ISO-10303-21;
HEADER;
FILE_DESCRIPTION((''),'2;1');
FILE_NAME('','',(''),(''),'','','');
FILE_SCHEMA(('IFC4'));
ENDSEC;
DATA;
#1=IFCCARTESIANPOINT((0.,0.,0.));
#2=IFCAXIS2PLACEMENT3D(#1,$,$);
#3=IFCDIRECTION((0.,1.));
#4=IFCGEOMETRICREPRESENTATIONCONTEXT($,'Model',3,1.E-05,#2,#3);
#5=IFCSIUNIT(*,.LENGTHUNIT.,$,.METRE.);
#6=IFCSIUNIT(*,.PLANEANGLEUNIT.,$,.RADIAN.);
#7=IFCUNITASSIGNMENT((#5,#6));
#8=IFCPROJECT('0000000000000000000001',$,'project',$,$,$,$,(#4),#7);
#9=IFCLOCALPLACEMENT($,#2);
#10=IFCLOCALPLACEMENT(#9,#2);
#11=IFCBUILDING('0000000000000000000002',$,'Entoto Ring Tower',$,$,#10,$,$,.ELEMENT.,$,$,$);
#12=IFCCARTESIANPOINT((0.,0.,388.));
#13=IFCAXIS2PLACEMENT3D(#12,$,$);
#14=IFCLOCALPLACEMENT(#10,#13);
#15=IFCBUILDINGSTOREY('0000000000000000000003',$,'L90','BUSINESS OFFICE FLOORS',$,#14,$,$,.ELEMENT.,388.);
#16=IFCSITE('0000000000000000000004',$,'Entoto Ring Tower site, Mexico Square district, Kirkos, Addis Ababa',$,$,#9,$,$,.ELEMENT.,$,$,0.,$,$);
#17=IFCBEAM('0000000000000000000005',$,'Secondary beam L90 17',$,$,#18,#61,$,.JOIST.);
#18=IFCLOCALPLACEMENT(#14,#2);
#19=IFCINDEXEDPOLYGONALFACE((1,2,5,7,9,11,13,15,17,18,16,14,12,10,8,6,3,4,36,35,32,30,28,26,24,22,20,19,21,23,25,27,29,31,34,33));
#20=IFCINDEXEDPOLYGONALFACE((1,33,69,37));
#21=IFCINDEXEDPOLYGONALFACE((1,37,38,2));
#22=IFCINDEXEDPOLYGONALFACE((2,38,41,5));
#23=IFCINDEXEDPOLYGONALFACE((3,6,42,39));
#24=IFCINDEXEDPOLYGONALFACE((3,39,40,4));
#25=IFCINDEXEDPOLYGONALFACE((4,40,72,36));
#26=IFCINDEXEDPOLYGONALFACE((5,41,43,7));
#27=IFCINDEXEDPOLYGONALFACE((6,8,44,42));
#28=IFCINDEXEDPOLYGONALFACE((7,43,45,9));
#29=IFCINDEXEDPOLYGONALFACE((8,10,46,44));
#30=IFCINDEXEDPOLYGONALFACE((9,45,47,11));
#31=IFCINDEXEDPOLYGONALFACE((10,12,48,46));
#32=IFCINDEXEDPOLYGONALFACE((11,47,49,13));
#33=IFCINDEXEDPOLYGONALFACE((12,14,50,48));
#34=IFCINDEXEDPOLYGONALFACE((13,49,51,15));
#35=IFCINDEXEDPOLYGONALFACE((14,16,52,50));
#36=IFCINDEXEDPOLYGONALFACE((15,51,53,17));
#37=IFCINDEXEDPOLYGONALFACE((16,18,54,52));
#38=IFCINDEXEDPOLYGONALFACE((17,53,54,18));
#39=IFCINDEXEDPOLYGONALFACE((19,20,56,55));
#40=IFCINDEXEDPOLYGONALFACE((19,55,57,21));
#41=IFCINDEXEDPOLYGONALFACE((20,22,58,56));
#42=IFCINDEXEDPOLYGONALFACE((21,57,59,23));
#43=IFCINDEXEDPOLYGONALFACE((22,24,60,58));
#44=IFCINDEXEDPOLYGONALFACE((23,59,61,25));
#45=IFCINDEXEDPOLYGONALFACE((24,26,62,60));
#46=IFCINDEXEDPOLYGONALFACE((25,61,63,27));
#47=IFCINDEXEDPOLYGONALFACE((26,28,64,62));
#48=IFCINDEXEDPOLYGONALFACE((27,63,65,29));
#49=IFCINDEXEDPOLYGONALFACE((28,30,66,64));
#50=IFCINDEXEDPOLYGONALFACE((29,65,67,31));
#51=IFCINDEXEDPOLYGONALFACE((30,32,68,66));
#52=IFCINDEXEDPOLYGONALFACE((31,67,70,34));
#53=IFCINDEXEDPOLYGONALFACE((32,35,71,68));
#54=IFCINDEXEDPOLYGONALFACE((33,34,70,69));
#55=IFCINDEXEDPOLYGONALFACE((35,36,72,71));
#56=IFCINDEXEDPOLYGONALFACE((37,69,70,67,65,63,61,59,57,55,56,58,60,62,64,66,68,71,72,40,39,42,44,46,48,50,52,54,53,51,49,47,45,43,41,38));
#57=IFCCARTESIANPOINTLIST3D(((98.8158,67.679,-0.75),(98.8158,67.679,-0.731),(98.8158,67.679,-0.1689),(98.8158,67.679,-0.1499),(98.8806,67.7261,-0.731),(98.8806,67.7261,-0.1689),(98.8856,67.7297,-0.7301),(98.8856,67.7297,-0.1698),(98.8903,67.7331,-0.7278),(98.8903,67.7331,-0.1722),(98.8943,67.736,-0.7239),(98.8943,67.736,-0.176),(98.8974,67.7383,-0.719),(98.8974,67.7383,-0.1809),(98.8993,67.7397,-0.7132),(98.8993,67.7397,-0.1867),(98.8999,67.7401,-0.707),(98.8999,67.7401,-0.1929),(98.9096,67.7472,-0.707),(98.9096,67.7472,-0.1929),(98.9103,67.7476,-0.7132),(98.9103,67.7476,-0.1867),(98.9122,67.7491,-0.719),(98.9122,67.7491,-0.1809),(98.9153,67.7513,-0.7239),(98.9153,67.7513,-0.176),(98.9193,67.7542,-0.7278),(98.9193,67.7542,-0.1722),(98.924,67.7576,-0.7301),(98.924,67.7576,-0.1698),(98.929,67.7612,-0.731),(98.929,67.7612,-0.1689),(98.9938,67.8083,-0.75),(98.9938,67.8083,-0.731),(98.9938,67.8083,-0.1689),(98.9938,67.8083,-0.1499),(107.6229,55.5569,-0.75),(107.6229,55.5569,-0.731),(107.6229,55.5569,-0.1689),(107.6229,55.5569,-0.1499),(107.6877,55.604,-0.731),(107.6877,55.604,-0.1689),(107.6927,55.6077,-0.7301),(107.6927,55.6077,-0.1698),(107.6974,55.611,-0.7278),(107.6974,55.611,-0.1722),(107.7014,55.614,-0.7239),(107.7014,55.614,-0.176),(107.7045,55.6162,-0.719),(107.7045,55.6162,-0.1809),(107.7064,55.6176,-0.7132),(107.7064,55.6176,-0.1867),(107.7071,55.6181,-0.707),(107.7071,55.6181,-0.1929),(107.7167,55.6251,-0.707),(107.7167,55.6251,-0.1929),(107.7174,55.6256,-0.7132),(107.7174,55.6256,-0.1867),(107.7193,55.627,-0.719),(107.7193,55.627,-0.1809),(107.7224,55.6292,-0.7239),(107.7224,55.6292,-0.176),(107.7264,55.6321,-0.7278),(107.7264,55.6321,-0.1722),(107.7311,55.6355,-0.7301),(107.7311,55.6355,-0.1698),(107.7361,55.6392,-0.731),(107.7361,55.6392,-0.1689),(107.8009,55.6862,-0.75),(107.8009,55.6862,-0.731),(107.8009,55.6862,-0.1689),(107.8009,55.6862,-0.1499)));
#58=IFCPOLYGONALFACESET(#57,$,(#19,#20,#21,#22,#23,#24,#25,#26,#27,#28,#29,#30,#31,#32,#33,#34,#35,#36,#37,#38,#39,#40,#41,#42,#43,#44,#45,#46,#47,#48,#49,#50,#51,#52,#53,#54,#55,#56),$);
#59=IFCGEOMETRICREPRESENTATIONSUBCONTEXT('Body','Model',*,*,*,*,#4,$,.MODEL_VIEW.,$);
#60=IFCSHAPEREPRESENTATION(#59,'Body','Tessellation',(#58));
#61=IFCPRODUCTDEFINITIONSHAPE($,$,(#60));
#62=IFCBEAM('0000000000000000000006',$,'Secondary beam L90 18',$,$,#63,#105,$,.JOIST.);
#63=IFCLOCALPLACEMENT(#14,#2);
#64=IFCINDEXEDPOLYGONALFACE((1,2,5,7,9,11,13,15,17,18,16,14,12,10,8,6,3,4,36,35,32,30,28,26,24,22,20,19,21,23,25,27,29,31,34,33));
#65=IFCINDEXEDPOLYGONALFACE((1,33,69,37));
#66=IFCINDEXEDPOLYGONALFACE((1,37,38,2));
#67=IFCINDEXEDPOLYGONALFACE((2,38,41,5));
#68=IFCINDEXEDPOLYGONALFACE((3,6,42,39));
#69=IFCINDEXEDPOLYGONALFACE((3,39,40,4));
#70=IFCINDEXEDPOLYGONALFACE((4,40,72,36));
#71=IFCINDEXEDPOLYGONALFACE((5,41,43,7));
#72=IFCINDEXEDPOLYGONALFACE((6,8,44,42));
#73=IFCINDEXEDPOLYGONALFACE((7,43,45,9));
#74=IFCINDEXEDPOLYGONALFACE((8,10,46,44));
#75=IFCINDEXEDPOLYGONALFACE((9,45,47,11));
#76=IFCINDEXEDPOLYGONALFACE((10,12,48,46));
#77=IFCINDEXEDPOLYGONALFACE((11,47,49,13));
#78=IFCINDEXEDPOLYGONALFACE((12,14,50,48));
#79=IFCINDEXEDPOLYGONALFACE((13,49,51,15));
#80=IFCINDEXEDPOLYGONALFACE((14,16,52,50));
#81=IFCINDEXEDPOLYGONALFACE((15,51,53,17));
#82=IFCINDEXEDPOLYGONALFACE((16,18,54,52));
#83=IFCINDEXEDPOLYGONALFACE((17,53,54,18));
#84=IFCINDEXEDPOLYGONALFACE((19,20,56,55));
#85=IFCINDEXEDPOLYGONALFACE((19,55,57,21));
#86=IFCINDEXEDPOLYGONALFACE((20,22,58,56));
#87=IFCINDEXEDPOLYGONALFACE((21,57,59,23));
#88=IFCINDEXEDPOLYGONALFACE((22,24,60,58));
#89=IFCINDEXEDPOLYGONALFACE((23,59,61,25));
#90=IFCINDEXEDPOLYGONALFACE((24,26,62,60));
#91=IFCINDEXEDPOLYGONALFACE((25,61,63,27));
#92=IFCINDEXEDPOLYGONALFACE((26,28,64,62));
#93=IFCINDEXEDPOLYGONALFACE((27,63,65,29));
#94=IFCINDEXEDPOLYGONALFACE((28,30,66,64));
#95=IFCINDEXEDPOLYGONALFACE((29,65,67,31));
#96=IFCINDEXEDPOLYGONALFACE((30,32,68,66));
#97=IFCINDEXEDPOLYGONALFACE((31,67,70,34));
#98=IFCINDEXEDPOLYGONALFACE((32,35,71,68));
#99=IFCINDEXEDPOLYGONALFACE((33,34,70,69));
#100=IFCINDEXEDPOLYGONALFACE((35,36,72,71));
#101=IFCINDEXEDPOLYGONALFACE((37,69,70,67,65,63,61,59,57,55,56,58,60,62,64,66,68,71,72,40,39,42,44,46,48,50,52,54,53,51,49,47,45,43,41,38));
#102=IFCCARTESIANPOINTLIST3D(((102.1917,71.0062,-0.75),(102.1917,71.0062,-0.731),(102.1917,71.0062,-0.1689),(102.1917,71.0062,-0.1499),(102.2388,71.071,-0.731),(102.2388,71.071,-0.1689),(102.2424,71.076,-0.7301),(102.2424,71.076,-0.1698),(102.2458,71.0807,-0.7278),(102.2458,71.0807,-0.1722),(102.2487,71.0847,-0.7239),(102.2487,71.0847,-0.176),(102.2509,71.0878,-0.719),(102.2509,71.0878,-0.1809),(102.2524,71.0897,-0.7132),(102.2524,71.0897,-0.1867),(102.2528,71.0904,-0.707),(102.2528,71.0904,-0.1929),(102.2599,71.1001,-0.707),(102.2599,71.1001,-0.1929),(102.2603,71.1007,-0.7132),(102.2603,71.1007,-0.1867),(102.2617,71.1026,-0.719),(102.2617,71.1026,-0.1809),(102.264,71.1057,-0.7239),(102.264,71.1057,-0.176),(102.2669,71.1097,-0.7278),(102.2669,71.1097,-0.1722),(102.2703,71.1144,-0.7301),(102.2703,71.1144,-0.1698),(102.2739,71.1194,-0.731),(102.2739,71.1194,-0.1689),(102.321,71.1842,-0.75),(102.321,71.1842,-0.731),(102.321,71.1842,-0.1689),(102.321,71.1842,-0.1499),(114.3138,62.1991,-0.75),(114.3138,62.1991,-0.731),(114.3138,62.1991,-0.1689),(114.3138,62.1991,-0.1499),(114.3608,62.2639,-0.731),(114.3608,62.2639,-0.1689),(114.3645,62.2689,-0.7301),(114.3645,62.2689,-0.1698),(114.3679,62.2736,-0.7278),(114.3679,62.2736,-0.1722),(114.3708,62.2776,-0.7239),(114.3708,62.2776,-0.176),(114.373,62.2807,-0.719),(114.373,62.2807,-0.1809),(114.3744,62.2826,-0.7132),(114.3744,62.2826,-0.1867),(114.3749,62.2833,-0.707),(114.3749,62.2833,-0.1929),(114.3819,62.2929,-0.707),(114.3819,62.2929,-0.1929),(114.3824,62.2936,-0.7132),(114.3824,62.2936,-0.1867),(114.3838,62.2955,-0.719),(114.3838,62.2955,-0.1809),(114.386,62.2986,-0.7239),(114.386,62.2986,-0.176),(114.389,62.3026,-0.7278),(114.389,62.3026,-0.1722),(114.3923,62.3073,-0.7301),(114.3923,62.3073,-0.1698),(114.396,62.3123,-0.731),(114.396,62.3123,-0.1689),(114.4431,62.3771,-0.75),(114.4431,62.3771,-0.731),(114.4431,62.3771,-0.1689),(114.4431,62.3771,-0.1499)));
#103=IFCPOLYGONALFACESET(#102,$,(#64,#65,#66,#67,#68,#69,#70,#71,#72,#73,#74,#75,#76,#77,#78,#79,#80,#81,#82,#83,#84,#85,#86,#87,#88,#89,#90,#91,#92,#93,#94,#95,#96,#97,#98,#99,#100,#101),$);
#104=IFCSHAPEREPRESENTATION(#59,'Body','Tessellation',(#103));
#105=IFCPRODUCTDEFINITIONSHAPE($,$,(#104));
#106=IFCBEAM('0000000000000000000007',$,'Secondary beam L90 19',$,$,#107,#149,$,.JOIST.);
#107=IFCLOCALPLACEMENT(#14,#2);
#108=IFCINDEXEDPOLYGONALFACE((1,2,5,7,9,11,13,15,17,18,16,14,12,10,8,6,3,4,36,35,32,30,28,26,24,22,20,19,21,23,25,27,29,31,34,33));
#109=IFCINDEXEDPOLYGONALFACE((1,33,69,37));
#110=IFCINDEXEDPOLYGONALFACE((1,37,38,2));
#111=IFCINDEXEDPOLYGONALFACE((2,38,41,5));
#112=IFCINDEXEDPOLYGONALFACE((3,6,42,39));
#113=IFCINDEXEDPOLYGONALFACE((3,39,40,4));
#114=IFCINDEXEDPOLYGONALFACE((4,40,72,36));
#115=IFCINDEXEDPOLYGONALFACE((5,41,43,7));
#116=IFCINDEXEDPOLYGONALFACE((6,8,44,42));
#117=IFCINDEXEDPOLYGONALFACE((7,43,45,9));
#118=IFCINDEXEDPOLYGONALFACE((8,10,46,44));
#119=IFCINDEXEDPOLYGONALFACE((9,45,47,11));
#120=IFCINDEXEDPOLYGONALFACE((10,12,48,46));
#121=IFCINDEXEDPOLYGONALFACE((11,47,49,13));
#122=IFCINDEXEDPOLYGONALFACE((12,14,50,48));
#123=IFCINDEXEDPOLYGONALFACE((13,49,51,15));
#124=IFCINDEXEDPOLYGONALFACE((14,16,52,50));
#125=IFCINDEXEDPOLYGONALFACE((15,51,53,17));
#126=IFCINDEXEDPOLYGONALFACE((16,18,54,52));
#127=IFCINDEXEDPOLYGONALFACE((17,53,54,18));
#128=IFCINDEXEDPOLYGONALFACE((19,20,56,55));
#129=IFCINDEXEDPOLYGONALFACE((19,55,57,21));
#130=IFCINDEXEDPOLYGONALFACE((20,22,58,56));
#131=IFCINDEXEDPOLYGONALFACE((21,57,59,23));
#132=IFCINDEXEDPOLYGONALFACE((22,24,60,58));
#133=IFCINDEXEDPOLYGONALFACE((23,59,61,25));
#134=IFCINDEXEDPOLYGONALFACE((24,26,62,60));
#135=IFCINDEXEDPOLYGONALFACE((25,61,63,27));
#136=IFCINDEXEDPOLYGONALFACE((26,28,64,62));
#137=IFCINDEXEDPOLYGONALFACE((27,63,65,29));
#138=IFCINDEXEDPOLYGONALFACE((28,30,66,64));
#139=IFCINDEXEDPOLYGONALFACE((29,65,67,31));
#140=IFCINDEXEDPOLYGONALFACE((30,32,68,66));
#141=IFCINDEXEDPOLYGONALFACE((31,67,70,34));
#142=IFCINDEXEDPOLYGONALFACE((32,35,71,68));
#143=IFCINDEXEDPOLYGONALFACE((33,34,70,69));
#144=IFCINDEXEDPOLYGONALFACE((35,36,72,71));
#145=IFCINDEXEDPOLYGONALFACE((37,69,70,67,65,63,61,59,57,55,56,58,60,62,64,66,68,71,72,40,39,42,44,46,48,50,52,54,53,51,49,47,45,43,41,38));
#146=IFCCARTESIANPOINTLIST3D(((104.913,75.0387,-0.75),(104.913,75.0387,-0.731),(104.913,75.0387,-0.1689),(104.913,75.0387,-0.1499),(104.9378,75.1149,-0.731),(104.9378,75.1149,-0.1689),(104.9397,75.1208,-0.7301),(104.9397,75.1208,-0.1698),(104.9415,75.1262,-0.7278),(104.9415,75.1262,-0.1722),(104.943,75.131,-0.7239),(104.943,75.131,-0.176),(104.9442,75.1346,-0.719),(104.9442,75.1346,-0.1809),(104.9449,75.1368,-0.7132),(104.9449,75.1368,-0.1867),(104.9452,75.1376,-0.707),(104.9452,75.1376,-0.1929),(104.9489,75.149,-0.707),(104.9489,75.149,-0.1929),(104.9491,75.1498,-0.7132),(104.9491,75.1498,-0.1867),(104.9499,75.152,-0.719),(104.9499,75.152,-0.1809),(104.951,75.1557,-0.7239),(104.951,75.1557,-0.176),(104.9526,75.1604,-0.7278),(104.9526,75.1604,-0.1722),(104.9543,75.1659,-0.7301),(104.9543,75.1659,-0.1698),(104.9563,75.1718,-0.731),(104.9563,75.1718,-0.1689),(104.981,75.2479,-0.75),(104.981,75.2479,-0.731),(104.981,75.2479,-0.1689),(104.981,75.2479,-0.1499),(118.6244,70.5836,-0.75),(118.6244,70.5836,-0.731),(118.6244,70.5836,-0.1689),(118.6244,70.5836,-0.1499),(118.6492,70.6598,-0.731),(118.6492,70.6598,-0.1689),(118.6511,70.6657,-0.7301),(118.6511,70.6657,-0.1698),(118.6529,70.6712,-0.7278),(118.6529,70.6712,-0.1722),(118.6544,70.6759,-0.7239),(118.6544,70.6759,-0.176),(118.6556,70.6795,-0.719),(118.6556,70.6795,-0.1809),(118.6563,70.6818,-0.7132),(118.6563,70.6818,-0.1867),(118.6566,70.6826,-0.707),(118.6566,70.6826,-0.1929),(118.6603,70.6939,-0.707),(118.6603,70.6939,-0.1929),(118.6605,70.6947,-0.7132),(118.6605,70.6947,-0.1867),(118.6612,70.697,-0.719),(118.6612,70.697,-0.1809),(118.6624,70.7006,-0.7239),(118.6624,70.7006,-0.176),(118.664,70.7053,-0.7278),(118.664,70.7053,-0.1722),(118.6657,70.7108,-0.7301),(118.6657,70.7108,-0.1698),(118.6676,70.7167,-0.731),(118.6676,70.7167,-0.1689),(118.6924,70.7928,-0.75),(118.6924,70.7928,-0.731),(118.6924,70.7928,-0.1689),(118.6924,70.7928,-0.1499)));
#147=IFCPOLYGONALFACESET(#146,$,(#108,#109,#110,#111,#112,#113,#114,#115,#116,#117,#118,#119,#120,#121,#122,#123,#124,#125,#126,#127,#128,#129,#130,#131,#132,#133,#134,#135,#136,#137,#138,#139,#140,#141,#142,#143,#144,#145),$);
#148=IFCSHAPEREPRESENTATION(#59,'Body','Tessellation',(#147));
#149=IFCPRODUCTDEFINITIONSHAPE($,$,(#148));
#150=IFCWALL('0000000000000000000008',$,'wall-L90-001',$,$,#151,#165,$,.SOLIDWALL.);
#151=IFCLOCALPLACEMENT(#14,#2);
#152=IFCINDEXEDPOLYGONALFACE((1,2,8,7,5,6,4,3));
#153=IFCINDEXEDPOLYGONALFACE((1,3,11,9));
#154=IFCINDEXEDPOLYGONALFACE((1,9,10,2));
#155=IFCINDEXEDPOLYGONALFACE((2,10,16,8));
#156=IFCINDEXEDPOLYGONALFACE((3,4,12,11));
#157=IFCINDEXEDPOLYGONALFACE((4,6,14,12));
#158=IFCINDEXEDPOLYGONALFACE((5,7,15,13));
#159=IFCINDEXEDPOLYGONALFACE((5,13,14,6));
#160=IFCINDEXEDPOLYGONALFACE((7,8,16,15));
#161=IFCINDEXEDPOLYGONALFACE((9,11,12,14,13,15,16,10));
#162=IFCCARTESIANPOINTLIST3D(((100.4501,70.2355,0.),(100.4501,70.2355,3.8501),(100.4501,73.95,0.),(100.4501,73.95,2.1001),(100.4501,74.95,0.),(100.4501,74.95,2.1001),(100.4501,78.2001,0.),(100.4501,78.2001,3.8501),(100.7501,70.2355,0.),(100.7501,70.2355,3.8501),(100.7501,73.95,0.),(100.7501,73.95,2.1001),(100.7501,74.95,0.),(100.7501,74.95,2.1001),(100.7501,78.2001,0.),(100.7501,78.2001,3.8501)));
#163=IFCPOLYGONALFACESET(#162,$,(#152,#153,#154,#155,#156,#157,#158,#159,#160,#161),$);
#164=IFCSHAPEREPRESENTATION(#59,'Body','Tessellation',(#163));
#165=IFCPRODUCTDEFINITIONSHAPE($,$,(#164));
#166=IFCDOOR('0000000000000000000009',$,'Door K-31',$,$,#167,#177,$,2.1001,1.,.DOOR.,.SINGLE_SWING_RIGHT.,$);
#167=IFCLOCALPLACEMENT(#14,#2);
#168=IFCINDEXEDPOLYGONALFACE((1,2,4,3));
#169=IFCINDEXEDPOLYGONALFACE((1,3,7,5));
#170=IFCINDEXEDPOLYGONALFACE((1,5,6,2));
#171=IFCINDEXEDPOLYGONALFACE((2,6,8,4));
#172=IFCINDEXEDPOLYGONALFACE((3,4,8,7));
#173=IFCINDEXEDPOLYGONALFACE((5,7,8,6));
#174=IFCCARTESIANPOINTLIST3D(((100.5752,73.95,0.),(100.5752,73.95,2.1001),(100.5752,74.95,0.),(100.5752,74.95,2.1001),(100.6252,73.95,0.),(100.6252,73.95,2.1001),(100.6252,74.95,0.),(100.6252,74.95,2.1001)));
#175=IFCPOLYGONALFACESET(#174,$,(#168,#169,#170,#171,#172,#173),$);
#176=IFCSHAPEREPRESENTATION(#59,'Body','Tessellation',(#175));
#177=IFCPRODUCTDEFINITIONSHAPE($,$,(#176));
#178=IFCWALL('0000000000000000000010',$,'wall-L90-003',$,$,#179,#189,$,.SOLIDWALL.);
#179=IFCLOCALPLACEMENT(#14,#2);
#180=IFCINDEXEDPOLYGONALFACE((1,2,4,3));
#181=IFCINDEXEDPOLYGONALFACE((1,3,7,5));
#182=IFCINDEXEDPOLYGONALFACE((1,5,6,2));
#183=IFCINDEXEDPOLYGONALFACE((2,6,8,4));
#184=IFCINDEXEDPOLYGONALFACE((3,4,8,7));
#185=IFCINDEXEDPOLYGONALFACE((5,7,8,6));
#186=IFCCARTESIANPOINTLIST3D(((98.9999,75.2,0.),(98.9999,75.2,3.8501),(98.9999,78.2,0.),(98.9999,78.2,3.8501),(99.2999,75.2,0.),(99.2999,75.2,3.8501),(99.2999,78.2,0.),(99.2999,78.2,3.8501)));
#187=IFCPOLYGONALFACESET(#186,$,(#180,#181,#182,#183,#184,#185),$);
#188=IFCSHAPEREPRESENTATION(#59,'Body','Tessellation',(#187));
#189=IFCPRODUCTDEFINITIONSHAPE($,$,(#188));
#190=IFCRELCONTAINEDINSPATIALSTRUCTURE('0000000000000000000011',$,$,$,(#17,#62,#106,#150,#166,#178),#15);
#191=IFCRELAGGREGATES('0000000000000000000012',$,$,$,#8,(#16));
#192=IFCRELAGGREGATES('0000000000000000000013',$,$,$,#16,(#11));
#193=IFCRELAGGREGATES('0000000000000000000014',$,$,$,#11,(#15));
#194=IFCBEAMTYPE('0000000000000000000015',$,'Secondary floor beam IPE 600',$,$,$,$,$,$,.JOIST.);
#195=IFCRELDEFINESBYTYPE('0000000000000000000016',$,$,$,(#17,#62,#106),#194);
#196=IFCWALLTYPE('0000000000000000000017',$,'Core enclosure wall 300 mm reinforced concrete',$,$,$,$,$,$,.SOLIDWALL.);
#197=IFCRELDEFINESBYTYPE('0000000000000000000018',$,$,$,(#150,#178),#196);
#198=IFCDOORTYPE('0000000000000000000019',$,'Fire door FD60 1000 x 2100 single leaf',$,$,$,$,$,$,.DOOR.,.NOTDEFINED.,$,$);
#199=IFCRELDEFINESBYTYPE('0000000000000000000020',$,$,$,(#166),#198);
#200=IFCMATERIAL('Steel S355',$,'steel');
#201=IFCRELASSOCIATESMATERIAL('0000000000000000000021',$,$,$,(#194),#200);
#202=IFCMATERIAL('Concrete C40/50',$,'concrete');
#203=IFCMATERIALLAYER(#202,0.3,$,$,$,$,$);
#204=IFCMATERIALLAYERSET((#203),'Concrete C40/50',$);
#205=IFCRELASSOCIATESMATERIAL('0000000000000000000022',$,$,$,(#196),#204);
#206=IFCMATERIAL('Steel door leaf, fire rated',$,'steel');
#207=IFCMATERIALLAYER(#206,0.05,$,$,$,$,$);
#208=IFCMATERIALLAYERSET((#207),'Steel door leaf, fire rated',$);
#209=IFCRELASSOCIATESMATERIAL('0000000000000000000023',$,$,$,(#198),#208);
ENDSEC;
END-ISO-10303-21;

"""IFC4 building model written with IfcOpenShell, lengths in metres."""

from ifc_helpers import new_model, si_unit, direction, frame, frame_2d, origin, origin_2d, place, context, subcontext, project, spatial, rectangle, i_section, extrude, material, layer, layer_set, material_profile, profile_set, type_object, element, fill, save


model = new_model("IFC4")

# Units and contexts
model_context = context("Model", 3, precision=1e-05, world=origin(), true_north=direction((0.0, 1.0)))
body_context = subcontext(model_context, "Body", "Model", "MODEL_VIEW")
ifc_project = project(units=[si_unit("LENGTHUNIT", "METRE"), si_unit("PLANEANGLEUNIT", "RADIAN")], contexts=[model_context])

# Site, building, storey
site_placement = place(None, origin())
site = spatial("IfcSite", under=ifc_project, at=site_placement, Name="Entoto Ring Tower site, Mexico Square district, Kirkos, Addis Ababa", CompositionType="ELEMENT", RefElevation=0.0)
building_placement = place(site_placement, origin())
building = spatial("IfcBuilding", under=site, at=building_placement, Name="Entoto Ring Tower", CompositionType="ELEMENT")
storey_placement = place(building_placement, frame((0.0, 0.0, 388.0)))
storey = spatial("IfcBuildingStorey", under=building, at=storey_placement, Name="L90", Description="BUSINESS OFFICE FLOORS", CompositionType="ELEMENT", Elevation=388.0)

# Beams
ifc_material_1 = material(Name="Steel S355", Category="steel")
ifc_material_profile_1 = material_profile(ifc_material_1, i_section(OverallWidth=0.22, OverallDepth=0.6001, WebThickness=0.012, FlangeThickness=0.019, FilletRadius=0.0239, at=origin_2d()), Name="IPE 600")
ifc_profile_set_1 = profile_set([ifc_material_profile_1], Name="Steel S355")
beam_type_1 = type_object("IfcBeamType", Name="Secondary floor beam IPE 600", PredefinedType="JOIST", material=ifc_profile_set_1)
for number, where, z_axis, x_axis, name in (
    (1, (98.9048, 67.7437, -0.45), (0.587782, -0.809019, 0.0), (0.809019, 0.587782, 0.0), "Secondary beam L90 17"),
    (2, (102.2563, 71.0952, -0.45), (0.809019, -0.587782, 0.0), (0.587782, 0.809019, 0.0), "Secondary beam L90 18"),
):
    element("IfcBeam", number, at=place(storey_placement, frame(where, z_axis=z_axis, x_axis=x_axis)), inside=storey, type_object=beam_type_1, Name=name, PredefinedType="JOIST", context=body_context, shape_type="SweptSolid", body=[
        extrude(i_section(OverallWidth=0.22, OverallDepth=0.6001, WebThickness=0.012, FlangeThickness=0.019, FilletRadius=0.0239, at=origin_2d()), origin(), (0.0, 0.0, 1.0), 14.9836),
    ])
beam_1_placement = place(storey_placement, frame((104.947, 75.1433, -0.45), z_axis=(0.951057, -0.309015, 0.0), x_axis=(0.309015, 0.951057, 0.0)))
element("IfcBeam", 3, at=beam_1_placement, inside=storey, type_object=beam_type_1, Name="Secondary beam L90 19", PredefinedType="JOIST", context=body_context, shape_type="SweptSolid", body=[
    extrude(i_section(OverallWidth=0.22, OverallDepth=0.6001, WebThickness=0.012, FlangeThickness=0.019, FilletRadius=0.0239, at=origin_2d()), origin(), (0.0, 0.0, 1.0), 14.417),
])

# Wall, opening, door
ifc_material_2 = material(Name="Concrete C40/50", Category="concrete")
ifc_layer_1 = layer(ifc_material_2, 0.3)
ifc_layer_set_1 = layer_set([ifc_layer_1], Name="Concrete C40/50")
wall_type_1 = type_object("IfcWallType", Name="Core enclosure wall 300 mm reinforced concrete", PredefinedType="SOLIDWALL", material=ifc_layer_set_1)
wall_1_placement = place(storey_placement, frame((100.6001, 70.2354, 0.0), z_axis=(0.0, 0.0, 1.0), x_axis=(0.0, 1.0, 0.0)))
wall_1 = element("IfcWall", 4, at=wall_1_placement, inside=storey, type_object=wall_type_1, Name="wall-L90-001", PredefinedType="SOLIDWALL", context=body_context, shape_type="SweptSolid", body=[
    extrude(rectangle(XDim=7.9646, YDim=0.3, at=frame_2d((3.9824, 0.0))), origin(), (0.0, 0.0, 1.0), 3.8501),
])
opening_1_placement = place(wall_1_placement, frame((3.7146, 0.0, 0.0)))
opening_1 = element("IfcOpeningElement", 5, at=opening_1_placement, cuts=wall_1, PredefinedType="OPENING", context=body_context, shape_type="SweptSolid", body=[
    extrude(rectangle(XDim=1.0, YDim=2.1001, at=frame_2d((0.5, 1.05))), frame((0.0, 0.1602, 0.0), z_axis=(0.0, -1.0, 0.0), x_axis=(1.0, 0.0, 0.0)), (0.0, 0.0, 1.0), 0.3201),
])
ifc_material_3 = material(Name="Steel door leaf, fire rated", Category="steel")
ifc_layer_2 = layer(ifc_material_3, 0.05)
ifc_layer_set_2 = layer_set([ifc_layer_2], Name="Steel door leaf, fire rated")
door_type_1 = type_object("IfcDoorType", Name="Fire door FD60 1000 x 2100 single leaf", OperationType="NOTDEFINED", PredefinedType="DOOR", material=ifc_layer_set_2)
door_1_placement = place(opening_1_placement, origin())
door_1 = element("IfcDoor", 6, at=door_1_placement, inside=storey, type_object=door_type_1, Name="Door K-31", OperationType="SINGLE_SWING_RIGHT", OverallHeight=2.1001, OverallWidth=1.0, PredefinedType="DOOR", context=body_context, shape_type="SweptSolid", body=[
    extrude(rectangle(XDim=1.0, YDim=2.1001, at=frame_2d((0.5, 1.05))), frame((0.0, 0.0249, 0.0), z_axis=(0.0, -1.0, 0.0), x_axis=(1.0, 0.0, 0.0)), (0.0, 0.0, 1.0), 0.05),
])
fill(opening_1, door_1)

# Wall
wall_2_placement = place(storey_placement, frame((99.1499, 75.2, 0.0), z_axis=(0.0, 0.0, 1.0), x_axis=(0.0, 1.0, 0.0)))
element("IfcWall", 7, at=wall_2_placement, inside=storey, type_object=wall_type_1, Name="wall-L90-003", PredefinedType="SOLIDWALL", context=body_context, shape_type="SweptSolid", body=[
    extrude(rectangle(XDim=3.0, YDim=0.3, at=frame_2d((1.5, 0.0))), origin(), (0.0, 0.0, 1.0), 3.8501),
])

save(model, "model.ifc")
